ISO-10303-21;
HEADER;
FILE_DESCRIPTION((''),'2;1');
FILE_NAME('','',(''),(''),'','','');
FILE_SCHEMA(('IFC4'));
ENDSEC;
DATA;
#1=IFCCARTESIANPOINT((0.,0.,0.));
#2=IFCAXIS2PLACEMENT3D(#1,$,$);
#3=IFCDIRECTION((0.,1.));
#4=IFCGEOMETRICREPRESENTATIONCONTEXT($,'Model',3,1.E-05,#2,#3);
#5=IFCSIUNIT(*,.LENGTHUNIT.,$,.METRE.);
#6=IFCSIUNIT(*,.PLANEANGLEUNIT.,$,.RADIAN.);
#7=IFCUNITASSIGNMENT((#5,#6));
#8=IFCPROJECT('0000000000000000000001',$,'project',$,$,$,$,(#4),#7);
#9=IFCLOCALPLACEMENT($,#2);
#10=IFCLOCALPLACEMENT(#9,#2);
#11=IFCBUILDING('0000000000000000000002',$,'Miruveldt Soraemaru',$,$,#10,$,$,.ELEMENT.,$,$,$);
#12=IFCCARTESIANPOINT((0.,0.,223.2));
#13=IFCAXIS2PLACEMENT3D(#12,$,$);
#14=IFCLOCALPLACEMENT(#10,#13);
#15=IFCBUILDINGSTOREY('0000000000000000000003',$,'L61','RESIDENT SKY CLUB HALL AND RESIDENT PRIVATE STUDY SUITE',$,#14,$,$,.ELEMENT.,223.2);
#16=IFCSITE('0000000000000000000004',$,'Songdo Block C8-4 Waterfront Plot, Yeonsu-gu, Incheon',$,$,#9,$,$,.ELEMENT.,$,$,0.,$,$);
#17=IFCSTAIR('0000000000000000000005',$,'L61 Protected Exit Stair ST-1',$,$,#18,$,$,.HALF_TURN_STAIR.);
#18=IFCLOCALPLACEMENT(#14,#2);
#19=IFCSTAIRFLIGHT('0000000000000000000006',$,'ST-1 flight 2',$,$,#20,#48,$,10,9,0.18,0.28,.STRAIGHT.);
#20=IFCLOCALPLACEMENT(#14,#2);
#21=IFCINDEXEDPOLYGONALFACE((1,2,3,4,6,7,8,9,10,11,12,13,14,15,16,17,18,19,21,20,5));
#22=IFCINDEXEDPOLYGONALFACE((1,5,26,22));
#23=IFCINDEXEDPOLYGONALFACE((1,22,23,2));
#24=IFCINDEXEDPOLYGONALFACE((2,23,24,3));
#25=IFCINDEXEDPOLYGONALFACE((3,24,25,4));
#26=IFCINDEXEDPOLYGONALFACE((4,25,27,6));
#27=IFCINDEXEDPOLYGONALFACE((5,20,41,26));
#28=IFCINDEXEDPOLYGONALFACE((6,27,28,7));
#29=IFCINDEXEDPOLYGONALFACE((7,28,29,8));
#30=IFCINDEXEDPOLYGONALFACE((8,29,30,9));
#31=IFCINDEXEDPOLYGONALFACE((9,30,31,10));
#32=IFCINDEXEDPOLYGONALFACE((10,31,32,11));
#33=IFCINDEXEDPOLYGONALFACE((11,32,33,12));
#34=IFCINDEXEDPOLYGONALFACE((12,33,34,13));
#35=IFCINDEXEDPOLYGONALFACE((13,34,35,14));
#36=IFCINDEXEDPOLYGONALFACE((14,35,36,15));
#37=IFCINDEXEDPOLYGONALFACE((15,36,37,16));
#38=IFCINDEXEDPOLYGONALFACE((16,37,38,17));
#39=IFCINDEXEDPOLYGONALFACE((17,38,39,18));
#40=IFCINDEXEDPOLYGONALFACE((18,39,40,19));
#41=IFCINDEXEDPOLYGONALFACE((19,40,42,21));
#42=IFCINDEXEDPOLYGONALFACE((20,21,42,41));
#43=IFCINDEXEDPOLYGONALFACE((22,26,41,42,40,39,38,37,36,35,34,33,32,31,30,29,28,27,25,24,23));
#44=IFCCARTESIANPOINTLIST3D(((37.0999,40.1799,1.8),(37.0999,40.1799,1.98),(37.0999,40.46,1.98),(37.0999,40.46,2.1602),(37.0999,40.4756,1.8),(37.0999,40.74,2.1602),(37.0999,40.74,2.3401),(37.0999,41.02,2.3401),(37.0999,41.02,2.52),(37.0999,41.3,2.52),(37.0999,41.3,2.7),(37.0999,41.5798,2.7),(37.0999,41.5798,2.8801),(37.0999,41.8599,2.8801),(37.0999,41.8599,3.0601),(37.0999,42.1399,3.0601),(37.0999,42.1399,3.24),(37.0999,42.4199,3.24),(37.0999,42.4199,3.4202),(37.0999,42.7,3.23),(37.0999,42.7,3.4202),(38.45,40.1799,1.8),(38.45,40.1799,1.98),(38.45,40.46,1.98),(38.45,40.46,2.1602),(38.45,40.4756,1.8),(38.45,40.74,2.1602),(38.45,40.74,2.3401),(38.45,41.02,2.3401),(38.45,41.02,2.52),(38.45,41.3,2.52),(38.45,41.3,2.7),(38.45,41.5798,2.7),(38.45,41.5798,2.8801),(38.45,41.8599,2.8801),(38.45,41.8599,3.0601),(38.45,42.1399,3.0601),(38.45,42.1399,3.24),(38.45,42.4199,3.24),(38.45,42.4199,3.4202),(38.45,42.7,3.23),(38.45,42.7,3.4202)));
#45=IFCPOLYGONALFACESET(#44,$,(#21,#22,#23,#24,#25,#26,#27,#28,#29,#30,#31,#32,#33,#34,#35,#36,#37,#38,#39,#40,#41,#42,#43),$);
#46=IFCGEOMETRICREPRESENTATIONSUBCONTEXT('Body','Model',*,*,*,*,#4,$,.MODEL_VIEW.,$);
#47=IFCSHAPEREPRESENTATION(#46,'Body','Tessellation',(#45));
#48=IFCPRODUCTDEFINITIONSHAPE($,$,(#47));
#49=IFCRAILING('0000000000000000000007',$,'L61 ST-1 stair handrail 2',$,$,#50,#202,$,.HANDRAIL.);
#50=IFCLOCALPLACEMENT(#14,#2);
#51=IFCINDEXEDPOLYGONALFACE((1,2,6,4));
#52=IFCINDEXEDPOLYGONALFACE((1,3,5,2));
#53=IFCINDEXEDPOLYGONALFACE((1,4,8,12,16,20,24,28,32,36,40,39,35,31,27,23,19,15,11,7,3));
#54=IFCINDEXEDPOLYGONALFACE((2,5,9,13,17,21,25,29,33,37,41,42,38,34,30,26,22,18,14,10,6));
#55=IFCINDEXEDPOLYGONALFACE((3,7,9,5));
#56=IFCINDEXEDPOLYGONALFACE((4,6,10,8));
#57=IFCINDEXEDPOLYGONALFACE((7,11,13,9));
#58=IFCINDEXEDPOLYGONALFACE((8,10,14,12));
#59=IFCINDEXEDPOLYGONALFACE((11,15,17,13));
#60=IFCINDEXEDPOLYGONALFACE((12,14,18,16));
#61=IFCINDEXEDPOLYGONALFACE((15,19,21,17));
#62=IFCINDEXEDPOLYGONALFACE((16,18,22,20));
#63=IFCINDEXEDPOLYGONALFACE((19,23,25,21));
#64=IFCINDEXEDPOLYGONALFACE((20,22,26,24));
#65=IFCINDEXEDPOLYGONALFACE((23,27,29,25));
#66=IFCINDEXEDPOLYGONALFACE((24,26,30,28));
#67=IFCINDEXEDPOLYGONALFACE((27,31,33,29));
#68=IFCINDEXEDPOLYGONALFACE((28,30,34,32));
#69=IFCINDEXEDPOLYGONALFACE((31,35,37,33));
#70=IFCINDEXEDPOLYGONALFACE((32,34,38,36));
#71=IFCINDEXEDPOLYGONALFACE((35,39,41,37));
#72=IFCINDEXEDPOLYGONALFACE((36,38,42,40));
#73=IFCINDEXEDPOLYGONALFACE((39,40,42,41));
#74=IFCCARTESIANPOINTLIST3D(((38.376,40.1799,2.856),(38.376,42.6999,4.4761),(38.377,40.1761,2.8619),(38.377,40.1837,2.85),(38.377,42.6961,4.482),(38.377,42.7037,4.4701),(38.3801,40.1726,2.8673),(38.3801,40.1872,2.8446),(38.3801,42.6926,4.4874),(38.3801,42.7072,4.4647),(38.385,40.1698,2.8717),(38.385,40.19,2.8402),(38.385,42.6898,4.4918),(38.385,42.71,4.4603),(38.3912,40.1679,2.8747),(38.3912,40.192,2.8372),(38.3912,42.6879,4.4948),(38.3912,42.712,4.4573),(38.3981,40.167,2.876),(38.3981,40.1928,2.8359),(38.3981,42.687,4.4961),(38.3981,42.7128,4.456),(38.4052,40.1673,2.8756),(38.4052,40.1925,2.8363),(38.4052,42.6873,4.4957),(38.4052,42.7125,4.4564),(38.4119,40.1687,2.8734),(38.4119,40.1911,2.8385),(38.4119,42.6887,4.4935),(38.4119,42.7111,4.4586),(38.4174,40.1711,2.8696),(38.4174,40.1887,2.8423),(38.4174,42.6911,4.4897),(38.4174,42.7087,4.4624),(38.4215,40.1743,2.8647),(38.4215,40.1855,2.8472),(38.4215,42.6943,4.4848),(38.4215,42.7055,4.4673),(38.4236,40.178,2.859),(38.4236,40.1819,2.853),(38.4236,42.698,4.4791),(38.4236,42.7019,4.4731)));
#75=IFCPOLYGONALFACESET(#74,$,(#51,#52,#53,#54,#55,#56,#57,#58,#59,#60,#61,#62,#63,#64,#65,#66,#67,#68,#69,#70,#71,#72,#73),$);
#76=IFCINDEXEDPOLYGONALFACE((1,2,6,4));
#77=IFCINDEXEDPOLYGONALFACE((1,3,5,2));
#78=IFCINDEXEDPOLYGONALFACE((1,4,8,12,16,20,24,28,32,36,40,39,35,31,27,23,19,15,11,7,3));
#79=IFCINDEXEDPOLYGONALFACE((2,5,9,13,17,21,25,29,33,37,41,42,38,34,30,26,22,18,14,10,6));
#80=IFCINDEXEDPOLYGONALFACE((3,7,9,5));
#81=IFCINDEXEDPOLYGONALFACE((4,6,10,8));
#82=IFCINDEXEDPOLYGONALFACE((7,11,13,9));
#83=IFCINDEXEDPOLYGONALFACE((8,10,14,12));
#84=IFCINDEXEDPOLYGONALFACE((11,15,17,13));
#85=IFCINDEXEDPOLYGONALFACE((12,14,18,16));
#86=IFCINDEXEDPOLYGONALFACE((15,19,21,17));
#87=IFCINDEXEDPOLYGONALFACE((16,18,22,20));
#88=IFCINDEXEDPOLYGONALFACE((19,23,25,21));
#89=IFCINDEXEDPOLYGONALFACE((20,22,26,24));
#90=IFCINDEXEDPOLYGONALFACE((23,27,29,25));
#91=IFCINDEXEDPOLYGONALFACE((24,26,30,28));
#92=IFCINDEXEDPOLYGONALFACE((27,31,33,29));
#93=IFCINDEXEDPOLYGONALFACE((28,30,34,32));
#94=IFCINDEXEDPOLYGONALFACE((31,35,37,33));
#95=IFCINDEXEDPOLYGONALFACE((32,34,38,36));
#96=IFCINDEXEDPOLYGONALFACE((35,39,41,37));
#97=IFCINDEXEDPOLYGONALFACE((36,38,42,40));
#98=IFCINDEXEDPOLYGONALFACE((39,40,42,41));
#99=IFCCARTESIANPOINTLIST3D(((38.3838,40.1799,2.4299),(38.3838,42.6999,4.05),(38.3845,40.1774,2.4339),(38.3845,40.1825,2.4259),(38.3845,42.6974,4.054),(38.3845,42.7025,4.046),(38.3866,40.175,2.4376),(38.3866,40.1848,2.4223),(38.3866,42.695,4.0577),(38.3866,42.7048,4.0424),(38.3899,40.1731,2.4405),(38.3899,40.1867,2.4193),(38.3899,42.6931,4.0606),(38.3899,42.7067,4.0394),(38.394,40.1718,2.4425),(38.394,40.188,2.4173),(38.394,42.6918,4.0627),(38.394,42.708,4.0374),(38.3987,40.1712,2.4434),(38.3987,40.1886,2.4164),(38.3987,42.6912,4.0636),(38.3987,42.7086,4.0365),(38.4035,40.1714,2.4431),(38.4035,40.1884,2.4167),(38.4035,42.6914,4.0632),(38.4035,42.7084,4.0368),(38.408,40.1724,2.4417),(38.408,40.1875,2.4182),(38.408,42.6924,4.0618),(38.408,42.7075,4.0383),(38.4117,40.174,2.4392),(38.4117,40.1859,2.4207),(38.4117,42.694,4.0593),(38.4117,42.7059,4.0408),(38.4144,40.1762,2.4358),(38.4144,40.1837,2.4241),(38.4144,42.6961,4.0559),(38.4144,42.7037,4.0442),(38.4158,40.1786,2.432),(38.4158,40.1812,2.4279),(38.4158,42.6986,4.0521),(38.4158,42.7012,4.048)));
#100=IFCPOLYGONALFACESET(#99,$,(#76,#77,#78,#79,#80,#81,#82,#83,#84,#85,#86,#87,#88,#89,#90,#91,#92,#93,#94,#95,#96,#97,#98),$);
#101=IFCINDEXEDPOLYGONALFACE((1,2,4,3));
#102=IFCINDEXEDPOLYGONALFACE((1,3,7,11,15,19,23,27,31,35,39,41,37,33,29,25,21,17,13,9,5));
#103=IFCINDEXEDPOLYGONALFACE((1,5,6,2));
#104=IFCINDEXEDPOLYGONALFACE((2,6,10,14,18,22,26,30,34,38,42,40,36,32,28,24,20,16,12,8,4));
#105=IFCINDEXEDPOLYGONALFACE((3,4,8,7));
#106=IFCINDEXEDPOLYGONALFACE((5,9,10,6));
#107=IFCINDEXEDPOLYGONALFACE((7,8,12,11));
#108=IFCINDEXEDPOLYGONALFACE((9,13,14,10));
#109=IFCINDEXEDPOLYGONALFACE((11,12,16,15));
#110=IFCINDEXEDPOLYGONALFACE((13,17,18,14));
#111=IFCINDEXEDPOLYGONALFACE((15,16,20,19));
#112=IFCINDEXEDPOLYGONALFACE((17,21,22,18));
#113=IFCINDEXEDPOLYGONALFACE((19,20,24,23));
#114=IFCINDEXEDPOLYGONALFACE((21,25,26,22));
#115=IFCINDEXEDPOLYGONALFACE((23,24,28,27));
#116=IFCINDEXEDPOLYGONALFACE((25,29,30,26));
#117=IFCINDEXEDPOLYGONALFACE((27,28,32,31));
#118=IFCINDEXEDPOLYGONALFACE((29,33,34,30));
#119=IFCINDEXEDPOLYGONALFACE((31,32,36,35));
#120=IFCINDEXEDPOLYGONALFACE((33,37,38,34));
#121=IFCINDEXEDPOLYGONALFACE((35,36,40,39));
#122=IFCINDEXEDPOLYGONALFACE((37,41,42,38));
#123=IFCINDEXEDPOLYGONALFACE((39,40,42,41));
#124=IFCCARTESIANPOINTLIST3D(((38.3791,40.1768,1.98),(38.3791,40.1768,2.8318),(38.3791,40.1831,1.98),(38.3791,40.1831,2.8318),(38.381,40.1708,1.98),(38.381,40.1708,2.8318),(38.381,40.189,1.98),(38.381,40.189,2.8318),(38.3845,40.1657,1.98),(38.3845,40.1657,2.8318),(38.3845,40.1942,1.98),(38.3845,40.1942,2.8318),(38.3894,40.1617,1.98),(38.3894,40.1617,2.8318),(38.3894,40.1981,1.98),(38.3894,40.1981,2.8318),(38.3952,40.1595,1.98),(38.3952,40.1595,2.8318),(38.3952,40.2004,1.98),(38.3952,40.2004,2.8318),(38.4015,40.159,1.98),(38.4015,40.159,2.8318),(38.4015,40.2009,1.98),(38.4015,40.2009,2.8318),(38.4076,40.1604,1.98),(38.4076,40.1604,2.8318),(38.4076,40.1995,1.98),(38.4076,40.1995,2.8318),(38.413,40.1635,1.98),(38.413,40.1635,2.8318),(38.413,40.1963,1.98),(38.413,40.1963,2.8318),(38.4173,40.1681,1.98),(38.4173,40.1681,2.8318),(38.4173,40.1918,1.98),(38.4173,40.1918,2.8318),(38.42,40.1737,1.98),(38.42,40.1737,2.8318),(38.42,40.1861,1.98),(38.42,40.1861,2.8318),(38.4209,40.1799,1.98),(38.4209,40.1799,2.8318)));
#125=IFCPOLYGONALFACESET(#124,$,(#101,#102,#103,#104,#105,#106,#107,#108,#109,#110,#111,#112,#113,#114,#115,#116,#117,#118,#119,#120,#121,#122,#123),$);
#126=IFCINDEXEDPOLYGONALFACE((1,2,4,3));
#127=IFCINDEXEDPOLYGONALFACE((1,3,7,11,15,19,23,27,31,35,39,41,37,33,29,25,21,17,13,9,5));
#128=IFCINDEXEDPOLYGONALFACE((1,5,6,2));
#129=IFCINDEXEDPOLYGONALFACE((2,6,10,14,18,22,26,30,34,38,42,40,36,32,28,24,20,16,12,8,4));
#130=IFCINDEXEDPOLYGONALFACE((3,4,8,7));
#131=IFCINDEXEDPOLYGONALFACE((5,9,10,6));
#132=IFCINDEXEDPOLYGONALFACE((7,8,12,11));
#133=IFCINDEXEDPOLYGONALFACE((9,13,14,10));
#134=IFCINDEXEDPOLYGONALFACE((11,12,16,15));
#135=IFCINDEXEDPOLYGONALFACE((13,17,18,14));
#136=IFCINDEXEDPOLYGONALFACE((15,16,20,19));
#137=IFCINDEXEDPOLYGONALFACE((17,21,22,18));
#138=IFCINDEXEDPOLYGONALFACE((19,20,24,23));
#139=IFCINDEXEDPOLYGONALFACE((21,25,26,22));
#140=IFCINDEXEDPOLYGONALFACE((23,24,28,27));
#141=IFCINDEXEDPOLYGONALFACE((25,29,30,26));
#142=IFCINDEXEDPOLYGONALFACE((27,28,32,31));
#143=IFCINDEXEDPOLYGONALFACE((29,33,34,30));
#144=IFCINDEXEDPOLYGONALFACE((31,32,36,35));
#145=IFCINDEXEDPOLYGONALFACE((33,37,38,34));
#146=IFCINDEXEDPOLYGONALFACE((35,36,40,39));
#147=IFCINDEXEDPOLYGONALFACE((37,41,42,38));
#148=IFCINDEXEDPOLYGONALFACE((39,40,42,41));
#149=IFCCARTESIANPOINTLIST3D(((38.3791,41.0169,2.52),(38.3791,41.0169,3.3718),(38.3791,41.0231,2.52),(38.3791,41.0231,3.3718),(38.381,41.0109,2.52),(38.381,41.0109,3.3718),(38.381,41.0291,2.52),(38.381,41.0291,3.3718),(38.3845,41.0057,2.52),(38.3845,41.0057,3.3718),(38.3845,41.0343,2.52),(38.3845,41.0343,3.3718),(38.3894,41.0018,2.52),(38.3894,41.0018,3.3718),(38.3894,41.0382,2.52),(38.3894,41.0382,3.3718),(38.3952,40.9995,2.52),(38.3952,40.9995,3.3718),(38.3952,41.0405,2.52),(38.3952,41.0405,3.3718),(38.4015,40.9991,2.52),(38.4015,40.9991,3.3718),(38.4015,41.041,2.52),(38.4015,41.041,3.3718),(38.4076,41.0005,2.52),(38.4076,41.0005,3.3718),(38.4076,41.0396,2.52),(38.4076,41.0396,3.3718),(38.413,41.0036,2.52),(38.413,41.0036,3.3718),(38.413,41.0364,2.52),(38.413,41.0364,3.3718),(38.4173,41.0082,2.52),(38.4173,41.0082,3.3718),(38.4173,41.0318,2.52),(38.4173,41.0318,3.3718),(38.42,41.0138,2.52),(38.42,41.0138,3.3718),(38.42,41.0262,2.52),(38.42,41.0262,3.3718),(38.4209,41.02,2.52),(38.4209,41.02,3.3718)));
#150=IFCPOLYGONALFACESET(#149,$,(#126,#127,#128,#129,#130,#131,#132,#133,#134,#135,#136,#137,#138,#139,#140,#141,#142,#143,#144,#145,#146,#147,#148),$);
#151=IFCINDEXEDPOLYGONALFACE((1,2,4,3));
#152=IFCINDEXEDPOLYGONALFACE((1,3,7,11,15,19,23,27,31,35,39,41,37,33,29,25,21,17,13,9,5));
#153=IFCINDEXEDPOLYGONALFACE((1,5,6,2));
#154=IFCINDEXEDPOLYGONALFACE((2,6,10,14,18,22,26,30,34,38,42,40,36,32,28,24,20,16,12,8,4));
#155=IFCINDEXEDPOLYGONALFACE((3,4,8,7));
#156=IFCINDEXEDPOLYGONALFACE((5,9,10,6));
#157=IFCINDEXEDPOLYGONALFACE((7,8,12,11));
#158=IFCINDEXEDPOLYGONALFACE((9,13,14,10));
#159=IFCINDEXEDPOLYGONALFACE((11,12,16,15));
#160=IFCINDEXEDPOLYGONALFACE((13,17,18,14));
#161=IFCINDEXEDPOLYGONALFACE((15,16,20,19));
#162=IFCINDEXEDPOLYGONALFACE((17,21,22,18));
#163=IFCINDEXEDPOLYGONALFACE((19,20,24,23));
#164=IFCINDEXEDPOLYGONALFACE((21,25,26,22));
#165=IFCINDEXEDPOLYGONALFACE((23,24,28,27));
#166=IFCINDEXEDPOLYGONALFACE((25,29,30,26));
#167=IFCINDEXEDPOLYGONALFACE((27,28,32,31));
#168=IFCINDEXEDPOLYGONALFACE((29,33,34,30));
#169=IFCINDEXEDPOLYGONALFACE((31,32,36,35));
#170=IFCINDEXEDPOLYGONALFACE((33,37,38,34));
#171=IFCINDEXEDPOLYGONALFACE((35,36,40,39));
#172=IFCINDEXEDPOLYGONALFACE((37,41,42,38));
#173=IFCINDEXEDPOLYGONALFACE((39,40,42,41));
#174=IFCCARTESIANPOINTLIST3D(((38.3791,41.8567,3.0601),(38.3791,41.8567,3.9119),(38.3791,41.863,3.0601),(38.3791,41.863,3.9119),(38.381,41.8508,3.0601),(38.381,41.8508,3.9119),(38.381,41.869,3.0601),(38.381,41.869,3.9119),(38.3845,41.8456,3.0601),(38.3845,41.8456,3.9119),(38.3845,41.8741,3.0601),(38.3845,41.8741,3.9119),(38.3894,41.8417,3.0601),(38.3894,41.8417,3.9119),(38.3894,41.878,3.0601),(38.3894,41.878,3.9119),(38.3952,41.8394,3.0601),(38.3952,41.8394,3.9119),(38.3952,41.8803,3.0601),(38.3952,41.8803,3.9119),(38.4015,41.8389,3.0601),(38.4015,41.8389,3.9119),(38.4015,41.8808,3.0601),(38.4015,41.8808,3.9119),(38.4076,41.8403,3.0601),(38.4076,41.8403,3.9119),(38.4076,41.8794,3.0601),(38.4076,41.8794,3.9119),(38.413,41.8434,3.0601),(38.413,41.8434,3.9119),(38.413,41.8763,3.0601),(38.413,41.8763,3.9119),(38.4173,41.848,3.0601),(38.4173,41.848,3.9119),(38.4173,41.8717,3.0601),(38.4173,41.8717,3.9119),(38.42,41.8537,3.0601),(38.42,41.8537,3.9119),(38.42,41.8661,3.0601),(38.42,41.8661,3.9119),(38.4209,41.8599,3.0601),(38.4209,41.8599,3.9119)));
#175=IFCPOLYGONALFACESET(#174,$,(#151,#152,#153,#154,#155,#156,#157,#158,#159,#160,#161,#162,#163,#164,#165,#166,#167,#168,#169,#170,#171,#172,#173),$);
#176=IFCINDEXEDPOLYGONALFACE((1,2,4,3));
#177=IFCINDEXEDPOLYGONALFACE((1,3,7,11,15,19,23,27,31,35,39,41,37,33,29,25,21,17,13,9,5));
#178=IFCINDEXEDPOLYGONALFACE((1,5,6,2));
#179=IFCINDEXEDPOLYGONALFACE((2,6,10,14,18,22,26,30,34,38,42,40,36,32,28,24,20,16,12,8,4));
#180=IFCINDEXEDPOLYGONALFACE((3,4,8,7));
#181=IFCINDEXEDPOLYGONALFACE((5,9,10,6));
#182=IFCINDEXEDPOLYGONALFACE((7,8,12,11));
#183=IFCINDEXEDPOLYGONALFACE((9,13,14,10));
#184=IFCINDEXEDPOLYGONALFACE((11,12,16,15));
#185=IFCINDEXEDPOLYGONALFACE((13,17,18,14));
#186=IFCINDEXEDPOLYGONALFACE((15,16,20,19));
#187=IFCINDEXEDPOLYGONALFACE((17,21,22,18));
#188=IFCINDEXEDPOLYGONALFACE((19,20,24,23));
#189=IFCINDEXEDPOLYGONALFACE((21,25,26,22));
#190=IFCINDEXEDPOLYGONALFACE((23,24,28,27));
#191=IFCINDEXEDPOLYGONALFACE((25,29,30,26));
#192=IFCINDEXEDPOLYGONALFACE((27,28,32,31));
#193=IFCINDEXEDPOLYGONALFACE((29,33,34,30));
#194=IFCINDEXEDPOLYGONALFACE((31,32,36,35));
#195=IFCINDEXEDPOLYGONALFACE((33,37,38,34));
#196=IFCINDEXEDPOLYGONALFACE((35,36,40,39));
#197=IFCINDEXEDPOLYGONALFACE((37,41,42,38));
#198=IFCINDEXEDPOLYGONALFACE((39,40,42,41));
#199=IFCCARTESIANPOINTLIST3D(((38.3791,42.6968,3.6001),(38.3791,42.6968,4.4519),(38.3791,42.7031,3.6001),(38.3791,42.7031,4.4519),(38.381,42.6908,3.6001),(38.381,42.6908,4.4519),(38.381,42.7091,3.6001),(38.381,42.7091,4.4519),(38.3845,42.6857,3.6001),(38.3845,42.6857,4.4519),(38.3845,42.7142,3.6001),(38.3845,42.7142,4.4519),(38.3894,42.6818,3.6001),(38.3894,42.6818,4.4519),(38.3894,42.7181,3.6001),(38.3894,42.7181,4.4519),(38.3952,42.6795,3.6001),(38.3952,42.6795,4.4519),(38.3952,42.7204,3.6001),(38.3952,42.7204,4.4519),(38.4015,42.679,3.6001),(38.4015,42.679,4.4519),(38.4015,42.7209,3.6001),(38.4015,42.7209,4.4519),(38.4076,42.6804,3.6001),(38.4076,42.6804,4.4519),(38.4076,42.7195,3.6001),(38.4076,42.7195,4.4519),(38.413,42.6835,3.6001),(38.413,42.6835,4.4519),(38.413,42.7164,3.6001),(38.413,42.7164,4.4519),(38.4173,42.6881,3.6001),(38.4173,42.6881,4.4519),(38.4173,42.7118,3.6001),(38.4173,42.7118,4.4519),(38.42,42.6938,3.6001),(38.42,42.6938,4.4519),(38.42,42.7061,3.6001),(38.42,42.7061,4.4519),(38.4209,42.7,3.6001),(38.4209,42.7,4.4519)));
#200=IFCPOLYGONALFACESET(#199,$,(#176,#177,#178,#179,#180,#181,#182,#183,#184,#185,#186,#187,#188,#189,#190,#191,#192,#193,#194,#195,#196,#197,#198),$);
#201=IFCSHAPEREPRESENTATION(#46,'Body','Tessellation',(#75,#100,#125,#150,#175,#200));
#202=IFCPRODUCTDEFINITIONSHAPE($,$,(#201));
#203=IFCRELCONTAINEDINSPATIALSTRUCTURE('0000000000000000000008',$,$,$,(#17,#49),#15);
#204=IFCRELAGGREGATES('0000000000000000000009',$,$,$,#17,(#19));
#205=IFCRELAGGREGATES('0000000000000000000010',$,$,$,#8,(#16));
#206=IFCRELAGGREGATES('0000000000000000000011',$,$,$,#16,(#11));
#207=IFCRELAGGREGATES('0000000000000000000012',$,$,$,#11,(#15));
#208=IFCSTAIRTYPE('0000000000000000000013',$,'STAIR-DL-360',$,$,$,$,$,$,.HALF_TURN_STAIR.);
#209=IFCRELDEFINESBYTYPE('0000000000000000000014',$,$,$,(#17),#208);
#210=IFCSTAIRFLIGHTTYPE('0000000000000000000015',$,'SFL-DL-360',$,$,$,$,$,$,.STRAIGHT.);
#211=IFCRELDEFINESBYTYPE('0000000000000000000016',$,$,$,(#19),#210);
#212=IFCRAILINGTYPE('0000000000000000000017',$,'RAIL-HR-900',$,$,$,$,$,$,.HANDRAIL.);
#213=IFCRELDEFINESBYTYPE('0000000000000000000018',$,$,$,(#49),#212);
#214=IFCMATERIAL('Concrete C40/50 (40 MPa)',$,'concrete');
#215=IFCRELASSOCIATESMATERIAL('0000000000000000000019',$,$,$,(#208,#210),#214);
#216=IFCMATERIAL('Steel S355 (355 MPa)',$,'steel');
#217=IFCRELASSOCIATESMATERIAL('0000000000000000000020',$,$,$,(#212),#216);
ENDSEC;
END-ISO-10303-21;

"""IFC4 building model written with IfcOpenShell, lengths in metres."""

from ifc_helpers import new_model, si_unit, direction, frame, origin, origin_2d, place, context, subcontext, project, spatial, polyline, circle, outline, extrude, material, type_object, element, aggregate, save


model = new_model("IFC4")

# Units and contexts
model_context = context("Model", 3, precision=1e-05, world=origin(), true_north=direction((0.0, 1.0)))
body_context = subcontext(model_context, "Body", "Model", "MODEL_VIEW")
ifc_project = project(units=[si_unit("LENGTHUNIT", "METRE"), si_unit("PLANEANGLEUNIT", "RADIAN")], contexts=[model_context])

# Site, building, storey
site_placement = place(None, origin())
site = spatial("IfcSite", under=ifc_project, at=site_placement, Name="Songdo Block C8-4 Waterfront Plot, Yeonsu-gu, Incheon", CompositionType="ELEMENT", RefElevation=0.0)
building_placement = place(site_placement, origin())
building = spatial("IfcBuilding", under=site, at=building_placement, Name="Miruveldt Soraemaru", CompositionType="ELEMENT")
storey_placement = place(building_placement, frame((0.0, 0.0, 223.2)))
storey = spatial("IfcBuildingStorey", under=building, at=storey_placement, Name="L61", Description="RESIDENT SKY CLUB HALL AND RESIDENT PRIVATE STUDY SUITE", CompositionType="ELEMENT", Elevation=223.2)

# Shared definitions
ifc_material_1 = material(Name="Concrete C40/50 (40 MPa)", Category="concrete")

# Stair, stair flight
stair_type = type_object("IfcStairType", Name="STAIR-DL-360", PredefinedType="HALF_TURN_STAIR", material=ifc_material_1)
stair_placement = place(storey_placement, origin())
stair = element("IfcStair", 1, at=stair_placement, inside=storey, type_object=stair_type, Name="L61 Protected Exit Stair ST-1", PredefinedType="HALF_TURN_STAIR")
stair_flight_type = type_object("IfcStairFlightType", Name="SFL-DL-360", PredefinedType="STRAIGHT", material=ifc_material_1)
stair_flight_placement = place(storey_placement, frame((37.7749, 40.1799, 1.8), z_axis=(0.0, 0.0, 1.0), x_axis=(0.0, 1.0, 0.0)))
stair_flight = element("IfcStairFlight", 2, at=stair_flight_placement, type_object=stair_flight_type, Name="ST-1 flight 2", NumberOfRisers=10, NumberOfTreads=9, PredefinedType="STRAIGHT", RiserHeight=0.18, TreadLength=0.28, context=body_context, shape_type="SweptSolid", body=[
    extrude(outline(polyline([(0.0, 0.0), (0.0, 0.1799), (0.28, 0.1799), (0.28, 0.3601), (0.5601, 0.3601), (0.5601, 0.54), (0.8401, 0.54), (0.8401, 0.72), (1.1201, 0.72), (1.1201, 0.8999), (1.3999, 0.8999), (1.3999, 1.0801), (1.6799, 1.0801), (1.6799, 1.26), (1.96, 1.26), (1.96, 1.4399), (2.24, 1.4399), (2.24, 1.6201), (2.52, 1.6201), (2.52, 1.8), (2.52, 1.4299), (0.2957, 0.0), (0.0, 0.0)])), frame((0.0, 0.675, 0.0), z_axis=(0.0, -1.0, 0.0), x_axis=(1.0, 0.0, 0.0)), (0.0, 0.0, 1.0), 1.3501),
])
aggregate(stair, [stair_flight])

# Railing
ifc_material_2 = material(Name="Steel S355 (355 MPa)", Category="steel")
railing_type_1 = type_object("IfcRailingType", Name="RAIL-HR-900", PredefinedType="HANDRAIL", material=ifc_material_2)
railing_1_placement = place(storey_placement, frame((38.3999, 40.1799, 1.98)))
element("IfcRailing", 3, at=railing_1_placement, inside=storey, type_object=railing_type_1, Name="L61 ST-1 stair handrail 2", PredefinedType="HANDRAIL", context=body_context, shape_type="SweptSolid", body=[
    extrude(circle(Radius=0.0239, at=origin_2d()), frame((0.0, 0.0, 0.876), z_axis=(0.0, 0.841163, 0.540782), x_axis=(-1.0, 0.0, 0.0)), (0.0, 0.0, 1.0), 2.9958),
    extrude(circle(Radius=0.0161, at=origin_2d()), frame((0.0, 0.0, 0.45), z_axis=(0.0, 0.841163, 0.540782), x_axis=(-1.0, 0.0, 0.0)), (0.0, 0.0, 1.0), 2.9958),
    extrude(circle(Radius=0.021, at=origin_2d()), origin(), (0.0, 0.0, 1.0), 0.8518),
    extrude(circle(Radius=0.021, at=origin_2d()), frame((0.0, 0.8401, 0.54)), (0.0, 0.0, 1.0), 0.8518),
    extrude(circle(Radius=0.021, at=origin_2d()), frame((0.0, 1.6799, 1.0801)), (0.0, 0.0, 1.0), 0.8518),
    extrude(circle(Radius=0.021, at=origin_2d()), frame((0.0, 2.52, 1.6201)), (0.0, 0.0, 1.0), 0.8518),
])

save(model, "model.ifc")
